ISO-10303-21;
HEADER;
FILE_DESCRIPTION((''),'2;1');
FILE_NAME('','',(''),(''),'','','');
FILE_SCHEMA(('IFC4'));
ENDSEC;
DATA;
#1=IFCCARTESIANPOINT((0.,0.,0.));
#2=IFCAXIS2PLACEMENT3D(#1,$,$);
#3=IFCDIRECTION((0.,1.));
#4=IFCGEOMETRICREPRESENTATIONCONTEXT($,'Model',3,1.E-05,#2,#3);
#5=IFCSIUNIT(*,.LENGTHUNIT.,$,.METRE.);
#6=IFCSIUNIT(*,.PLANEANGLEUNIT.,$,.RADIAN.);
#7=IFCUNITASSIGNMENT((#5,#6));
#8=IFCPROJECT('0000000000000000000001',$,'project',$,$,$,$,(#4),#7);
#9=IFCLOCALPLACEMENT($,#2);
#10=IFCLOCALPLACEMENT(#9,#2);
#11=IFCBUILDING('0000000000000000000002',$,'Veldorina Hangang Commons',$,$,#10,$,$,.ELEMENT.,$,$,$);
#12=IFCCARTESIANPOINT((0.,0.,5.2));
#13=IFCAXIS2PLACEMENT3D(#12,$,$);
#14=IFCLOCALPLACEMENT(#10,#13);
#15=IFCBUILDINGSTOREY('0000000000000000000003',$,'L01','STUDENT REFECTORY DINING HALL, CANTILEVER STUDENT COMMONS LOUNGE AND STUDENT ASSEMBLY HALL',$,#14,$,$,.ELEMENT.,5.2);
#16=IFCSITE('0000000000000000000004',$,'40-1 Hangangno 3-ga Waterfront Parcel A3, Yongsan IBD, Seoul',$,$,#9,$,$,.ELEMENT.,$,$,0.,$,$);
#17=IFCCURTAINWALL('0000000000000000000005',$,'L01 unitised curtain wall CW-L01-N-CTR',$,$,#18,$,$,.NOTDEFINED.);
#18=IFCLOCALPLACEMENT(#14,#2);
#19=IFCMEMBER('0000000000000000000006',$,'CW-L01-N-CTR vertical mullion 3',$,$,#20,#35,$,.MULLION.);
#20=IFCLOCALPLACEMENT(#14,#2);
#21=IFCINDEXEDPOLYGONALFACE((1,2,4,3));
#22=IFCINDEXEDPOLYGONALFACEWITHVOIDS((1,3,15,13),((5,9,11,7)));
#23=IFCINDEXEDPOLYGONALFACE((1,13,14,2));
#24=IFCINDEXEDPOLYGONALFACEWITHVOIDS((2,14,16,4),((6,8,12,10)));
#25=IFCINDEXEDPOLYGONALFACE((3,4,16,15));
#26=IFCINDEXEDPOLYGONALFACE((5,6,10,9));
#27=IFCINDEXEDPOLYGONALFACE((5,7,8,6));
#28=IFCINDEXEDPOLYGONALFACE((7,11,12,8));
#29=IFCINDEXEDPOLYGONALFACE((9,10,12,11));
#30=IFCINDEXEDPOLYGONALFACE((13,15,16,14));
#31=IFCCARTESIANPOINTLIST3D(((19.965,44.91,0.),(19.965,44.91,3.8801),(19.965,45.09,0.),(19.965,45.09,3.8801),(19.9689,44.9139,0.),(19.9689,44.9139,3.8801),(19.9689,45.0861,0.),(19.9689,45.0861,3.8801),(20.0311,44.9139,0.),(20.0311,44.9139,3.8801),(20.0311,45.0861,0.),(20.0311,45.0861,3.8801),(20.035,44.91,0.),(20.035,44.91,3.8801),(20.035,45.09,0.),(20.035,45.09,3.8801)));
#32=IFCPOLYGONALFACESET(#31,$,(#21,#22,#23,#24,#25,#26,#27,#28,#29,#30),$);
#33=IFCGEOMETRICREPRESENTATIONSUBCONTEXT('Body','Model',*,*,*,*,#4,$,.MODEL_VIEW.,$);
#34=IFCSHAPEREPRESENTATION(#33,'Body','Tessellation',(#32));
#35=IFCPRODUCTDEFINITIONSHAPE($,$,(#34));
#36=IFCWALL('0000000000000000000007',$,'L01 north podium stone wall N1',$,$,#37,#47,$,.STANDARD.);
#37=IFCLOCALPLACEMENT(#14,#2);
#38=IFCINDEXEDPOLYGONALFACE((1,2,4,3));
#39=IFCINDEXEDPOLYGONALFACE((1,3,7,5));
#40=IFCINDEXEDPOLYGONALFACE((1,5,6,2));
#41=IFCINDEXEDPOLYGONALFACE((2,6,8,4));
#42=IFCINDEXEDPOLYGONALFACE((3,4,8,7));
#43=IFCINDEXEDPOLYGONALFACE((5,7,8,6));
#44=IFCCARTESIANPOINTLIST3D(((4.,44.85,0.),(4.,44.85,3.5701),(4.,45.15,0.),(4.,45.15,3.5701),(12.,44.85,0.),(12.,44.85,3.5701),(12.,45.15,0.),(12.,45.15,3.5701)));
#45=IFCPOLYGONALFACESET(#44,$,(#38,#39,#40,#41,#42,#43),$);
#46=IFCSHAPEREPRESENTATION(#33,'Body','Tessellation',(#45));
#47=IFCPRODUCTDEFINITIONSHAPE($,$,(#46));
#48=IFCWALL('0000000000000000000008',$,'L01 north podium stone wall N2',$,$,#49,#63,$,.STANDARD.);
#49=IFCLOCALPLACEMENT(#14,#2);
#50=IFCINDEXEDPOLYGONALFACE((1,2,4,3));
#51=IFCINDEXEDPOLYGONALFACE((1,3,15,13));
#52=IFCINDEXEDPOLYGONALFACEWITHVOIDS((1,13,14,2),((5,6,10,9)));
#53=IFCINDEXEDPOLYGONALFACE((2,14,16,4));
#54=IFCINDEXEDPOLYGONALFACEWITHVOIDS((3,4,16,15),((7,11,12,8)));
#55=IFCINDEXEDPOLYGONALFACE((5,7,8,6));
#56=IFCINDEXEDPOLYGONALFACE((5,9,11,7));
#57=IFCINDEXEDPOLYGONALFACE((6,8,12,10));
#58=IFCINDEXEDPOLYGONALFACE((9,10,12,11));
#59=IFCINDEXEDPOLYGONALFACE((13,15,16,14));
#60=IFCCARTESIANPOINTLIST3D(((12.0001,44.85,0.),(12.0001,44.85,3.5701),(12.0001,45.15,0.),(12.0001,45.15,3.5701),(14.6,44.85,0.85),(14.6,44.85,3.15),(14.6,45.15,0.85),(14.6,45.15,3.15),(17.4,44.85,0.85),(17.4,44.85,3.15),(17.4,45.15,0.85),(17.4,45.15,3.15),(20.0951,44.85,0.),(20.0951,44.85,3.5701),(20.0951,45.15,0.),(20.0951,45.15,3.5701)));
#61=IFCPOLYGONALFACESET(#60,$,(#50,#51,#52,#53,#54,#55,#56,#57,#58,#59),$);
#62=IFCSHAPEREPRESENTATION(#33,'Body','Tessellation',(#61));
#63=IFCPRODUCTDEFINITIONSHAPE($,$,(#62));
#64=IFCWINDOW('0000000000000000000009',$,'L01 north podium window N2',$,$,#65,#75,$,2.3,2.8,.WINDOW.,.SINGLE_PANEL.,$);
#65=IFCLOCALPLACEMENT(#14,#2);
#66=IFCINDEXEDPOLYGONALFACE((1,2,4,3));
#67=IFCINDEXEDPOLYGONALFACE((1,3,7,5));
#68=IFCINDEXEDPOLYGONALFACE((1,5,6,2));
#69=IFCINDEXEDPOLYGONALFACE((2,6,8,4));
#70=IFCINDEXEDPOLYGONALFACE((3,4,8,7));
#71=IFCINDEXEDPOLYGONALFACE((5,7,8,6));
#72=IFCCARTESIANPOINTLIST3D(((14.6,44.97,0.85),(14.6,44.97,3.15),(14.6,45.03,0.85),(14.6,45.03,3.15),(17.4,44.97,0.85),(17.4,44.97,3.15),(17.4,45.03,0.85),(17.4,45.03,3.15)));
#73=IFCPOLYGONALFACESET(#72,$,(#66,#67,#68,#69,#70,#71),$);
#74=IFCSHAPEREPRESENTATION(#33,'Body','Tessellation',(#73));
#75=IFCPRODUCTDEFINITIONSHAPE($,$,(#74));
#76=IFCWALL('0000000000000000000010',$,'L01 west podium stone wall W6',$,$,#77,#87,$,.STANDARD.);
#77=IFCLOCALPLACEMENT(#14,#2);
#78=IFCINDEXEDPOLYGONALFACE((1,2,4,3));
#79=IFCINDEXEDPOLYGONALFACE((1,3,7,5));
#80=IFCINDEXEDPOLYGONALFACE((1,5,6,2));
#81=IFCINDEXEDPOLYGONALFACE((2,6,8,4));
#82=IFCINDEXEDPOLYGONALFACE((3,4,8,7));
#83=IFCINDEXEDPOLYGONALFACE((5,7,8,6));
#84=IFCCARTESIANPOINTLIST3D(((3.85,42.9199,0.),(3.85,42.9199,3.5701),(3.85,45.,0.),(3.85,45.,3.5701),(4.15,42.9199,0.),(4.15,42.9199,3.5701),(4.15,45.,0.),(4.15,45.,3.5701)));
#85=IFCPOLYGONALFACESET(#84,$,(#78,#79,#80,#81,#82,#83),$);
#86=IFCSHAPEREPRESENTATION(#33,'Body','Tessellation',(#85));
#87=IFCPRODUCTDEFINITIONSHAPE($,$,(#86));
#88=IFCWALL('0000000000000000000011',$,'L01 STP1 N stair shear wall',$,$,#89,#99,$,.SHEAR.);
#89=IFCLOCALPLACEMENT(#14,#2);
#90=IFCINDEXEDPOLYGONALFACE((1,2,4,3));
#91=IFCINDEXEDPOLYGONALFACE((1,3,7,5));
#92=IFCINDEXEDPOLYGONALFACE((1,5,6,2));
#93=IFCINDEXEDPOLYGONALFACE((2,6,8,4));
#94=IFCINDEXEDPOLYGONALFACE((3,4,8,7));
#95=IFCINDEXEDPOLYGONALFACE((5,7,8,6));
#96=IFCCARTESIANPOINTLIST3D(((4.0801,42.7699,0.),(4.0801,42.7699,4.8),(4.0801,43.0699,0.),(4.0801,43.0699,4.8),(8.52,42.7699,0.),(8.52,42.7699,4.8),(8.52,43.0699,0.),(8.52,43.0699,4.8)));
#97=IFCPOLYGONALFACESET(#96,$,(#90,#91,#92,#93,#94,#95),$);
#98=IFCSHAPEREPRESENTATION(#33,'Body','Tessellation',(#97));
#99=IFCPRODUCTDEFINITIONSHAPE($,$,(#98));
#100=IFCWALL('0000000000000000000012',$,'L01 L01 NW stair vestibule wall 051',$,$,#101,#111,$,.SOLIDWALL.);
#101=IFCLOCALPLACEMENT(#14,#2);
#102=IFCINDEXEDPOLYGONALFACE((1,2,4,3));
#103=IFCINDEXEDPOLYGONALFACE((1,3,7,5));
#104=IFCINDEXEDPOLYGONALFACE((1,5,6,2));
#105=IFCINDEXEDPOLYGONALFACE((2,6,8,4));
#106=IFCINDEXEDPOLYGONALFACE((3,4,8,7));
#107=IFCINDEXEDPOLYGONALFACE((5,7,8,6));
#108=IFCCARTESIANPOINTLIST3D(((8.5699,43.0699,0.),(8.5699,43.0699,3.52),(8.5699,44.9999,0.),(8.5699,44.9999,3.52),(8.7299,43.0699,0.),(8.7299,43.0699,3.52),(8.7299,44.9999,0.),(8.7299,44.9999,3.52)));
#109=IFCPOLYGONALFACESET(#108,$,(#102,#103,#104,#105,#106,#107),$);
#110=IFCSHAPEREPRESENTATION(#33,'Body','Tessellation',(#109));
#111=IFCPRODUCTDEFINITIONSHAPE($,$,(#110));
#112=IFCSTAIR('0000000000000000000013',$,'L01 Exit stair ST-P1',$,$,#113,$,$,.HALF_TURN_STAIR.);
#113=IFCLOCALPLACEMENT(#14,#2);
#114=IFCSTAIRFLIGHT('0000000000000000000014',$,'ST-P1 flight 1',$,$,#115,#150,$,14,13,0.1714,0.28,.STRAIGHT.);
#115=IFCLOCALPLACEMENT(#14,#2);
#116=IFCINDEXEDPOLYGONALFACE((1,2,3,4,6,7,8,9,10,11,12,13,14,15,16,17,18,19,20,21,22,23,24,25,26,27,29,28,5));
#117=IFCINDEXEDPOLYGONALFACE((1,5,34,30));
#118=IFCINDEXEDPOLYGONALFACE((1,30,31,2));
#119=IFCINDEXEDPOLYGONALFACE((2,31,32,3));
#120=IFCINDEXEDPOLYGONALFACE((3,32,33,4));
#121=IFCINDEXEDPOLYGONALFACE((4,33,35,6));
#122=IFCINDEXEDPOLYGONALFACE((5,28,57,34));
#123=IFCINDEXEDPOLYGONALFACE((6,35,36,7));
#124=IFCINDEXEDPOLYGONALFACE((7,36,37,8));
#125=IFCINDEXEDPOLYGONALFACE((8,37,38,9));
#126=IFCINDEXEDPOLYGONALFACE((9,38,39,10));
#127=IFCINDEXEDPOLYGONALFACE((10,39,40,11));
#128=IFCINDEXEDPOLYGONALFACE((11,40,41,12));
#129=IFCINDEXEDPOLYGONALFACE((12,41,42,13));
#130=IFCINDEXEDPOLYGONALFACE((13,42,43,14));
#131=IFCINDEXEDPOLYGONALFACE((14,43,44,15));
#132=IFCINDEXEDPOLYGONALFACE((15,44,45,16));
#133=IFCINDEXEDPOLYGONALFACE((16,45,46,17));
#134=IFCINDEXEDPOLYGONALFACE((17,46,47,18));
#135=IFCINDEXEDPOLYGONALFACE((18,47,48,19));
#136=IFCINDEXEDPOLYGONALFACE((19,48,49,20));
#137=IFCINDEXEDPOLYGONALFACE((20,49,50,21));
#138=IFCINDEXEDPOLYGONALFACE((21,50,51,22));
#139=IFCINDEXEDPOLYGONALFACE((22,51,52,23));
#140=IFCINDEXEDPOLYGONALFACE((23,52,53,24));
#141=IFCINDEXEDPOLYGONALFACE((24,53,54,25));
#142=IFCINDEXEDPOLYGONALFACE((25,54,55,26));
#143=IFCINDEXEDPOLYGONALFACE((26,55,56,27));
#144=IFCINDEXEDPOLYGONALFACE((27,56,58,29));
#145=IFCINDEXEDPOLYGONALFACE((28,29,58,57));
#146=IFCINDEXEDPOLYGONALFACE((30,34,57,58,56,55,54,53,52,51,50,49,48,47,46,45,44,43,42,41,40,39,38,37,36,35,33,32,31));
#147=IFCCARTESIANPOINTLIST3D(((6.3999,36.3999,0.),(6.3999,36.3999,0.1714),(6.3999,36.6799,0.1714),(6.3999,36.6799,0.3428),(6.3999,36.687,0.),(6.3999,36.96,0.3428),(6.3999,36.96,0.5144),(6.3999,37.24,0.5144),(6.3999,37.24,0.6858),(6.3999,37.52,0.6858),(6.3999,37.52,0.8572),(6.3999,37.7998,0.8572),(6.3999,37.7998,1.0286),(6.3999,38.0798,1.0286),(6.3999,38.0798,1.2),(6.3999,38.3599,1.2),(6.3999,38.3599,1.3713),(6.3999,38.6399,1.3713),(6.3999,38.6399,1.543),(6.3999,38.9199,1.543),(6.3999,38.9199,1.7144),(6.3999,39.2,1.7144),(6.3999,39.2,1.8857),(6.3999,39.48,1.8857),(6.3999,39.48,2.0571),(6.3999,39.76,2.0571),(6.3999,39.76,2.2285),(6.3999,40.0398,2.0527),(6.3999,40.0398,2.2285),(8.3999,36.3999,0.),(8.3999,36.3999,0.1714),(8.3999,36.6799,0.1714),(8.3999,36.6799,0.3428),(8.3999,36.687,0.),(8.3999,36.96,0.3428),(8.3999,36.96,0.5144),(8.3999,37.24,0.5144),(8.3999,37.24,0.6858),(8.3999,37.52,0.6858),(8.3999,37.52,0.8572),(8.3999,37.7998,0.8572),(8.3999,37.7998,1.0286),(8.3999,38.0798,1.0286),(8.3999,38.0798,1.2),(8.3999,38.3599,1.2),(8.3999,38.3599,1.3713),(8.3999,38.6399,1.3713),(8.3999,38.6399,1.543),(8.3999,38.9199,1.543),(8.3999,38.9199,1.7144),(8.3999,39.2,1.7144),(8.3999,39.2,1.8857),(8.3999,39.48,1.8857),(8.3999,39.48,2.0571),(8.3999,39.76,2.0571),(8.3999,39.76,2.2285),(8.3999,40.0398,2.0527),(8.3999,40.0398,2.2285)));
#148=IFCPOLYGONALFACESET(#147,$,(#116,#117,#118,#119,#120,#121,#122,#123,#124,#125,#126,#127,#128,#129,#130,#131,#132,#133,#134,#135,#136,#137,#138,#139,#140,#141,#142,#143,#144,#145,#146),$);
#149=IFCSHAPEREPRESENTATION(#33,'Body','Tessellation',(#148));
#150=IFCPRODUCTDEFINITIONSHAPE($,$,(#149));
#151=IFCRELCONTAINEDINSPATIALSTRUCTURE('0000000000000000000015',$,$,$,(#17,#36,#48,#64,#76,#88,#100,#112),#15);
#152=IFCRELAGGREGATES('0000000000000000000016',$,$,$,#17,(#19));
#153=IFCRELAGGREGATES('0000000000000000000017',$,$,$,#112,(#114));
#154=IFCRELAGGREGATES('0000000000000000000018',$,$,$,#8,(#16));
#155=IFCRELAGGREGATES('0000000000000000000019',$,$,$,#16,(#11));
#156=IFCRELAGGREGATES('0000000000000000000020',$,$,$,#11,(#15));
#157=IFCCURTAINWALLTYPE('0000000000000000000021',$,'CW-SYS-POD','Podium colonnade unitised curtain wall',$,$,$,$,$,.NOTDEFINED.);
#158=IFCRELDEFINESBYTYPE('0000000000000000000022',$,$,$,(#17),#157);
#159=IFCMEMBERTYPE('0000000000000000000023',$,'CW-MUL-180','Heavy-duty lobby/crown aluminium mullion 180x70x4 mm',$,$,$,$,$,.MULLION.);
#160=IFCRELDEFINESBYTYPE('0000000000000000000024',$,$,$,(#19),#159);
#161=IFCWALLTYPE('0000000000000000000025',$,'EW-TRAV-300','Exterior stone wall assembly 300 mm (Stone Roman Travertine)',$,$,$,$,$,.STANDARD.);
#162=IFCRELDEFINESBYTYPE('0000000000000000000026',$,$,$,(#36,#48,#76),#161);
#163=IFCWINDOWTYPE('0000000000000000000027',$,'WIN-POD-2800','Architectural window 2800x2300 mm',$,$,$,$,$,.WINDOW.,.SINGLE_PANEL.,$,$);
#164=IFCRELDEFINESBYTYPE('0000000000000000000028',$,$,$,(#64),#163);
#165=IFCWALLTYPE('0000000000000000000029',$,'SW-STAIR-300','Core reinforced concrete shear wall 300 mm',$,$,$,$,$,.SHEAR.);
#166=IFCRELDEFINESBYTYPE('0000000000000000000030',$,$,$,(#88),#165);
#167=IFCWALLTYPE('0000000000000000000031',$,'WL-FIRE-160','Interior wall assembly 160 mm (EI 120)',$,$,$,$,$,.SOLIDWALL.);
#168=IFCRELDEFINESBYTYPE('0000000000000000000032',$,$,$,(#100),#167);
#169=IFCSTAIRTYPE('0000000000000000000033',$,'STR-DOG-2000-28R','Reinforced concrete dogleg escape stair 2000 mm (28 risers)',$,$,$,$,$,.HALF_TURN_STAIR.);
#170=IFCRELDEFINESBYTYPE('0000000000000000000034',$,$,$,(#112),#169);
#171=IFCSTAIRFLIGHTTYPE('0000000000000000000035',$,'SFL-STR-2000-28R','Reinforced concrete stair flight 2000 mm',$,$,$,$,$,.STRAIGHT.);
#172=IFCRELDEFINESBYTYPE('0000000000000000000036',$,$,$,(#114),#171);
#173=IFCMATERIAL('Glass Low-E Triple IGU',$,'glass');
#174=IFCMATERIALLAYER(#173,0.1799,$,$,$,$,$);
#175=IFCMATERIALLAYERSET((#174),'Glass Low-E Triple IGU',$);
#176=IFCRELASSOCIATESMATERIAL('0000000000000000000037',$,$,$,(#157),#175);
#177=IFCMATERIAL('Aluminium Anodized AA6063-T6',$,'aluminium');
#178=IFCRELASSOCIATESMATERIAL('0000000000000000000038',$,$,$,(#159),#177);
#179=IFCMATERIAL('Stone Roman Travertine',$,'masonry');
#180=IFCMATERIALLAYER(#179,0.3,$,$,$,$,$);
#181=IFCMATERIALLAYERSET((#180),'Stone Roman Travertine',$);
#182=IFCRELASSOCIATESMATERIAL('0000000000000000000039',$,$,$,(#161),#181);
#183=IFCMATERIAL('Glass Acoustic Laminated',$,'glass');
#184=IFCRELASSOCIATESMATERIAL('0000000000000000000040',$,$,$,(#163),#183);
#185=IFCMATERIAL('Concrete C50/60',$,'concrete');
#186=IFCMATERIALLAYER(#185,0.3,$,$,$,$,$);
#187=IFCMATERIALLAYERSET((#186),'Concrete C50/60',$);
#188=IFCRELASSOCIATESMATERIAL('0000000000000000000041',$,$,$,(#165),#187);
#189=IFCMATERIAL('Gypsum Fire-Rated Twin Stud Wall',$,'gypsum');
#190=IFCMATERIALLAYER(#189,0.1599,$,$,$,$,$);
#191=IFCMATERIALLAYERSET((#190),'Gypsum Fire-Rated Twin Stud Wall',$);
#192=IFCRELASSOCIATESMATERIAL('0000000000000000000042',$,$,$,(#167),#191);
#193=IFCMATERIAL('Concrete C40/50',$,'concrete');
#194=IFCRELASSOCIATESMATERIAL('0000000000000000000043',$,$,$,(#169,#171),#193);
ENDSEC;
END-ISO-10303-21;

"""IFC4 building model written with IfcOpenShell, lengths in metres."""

from ifc_helpers import new_model, si_unit, direction, frame, frame_2d, origin, origin_2d, place, context, subcontext, project, spatial, polyline, rectangle, hollow_rectangle, outline, extrude, material, layer, layer_set, material_profile, profile_set, type_object, element, fill, aggregate, save


model = new_model("IFC4")

# Units and contexts
model_context = context("Model", 3, precision=1e-05, world=origin(), true_north=direction((0.0, 1.0)))
body_context = subcontext(model_context, "Body", "Model", "MODEL_VIEW")
ifc_project = project(units=[si_unit("LENGTHUNIT", "METRE"), si_unit("PLANEANGLEUNIT", "RADIAN")], contexts=[model_context])

# Site, building, storey
site_placement = place(None, origin())
site = spatial("IfcSite", under=ifc_project, at=site_placement, Name="40-1 Hangangno 3-ga Waterfront Parcel A3, Yongsan IBD, Seoul", CompositionType="ELEMENT", RefElevation=0.0)
building_placement = place(site_placement, origin())
building = spatial("IfcBuilding", under=site, at=building_placement, Name="Veldorina Hangang Commons", CompositionType="ELEMENT")
storey_placement = place(building_placement, frame((0.0, 0.0, 5.2)))
storey = spatial("IfcBuildingStorey", under=building, at=storey_placement, Name="L01", Description="STUDENT REFECTORY DINING HALL, CANTILEVER STUDENT COMMONS LOUNGE AND STUDENT ASSEMBLY HALL", CompositionType="ELEMENT", Elevation=5.2)

# Curtain wall, member
ifc_material_1 = material(Name="Glass Low-E Triple IGU", Category="glass")
ifc_layer_1 = layer(ifc_material_1, 0.1799)
ifc_layer_set_1 = layer_set([ifc_layer_1], Name="Glass Low-E Triple IGU")
curtain_wall_type = type_object("IfcCurtainWallType", Name="CW-SYS-POD", Description="Podium colonnade unitised curtain wall", PredefinedType="NOTDEFINED", material=ifc_layer_set_1)
curtain_wall_placement = place(storey_placement, origin())
curtain_wall = element("IfcCurtainWall", 1, at=curtain_wall_placement, inside=storey, type_object=curtain_wall_type, Name="L01 unitised curtain wall CW-L01-N-CTR", PredefinedType="NOTDEFINED")
ifc_material_2 = material(Name="Aluminium Anodized AA6063-T6", Category="aluminium")
ifc_material_profile_1 = material_profile(ifc_material_2, hollow_rectangle(XDim=0.0701, YDim=0.1799, WallThickness=0.0039, at=origin_2d()), Name="ALU-RHS-180x70x4")
ifc_profile_set_1 = profile_set([ifc_material_profile_1], Name="Aluminium Anodized AA6063-T6")
member_type = type_object("IfcMemberType", Name="CW-MUL-180", Description="Heavy-duty lobby/crown aluminium mullion 180x70x4 mm", PredefinedType="MULLION", material=ifc_profile_set_1)
member_placement = place(storey_placement, frame((20.0, 45.0, 0.0), z_axis=(0.0, 0.0, 1.0), x_axis=(1.0, 0.0, 0.0)))
member = element("IfcMember", 2, at=member_placement, type_object=member_type, Name="CW-L01-N-CTR vertical mullion 3", PredefinedType="MULLION", context=body_context, shape_type="SweptSolid", body=[
    extrude(hollow_rectangle(XDim=0.0701, YDim=0.1799, WallThickness=0.0039, at=origin_2d()), origin(), (0.0, 0.0, 1.0), 3.8801),
])
aggregate(curtain_wall, [member])

# Wall
ifc_material_3 = material(Name="Stone Roman Travertine", Category="masonry")
ifc_layer_2 = layer(ifc_material_3, 0.3)
ifc_layer_set_2 = layer_set([ifc_layer_2], Name="Stone Roman Travertine")
wall_type_1 = type_object("IfcWallType", Name="EW-TRAV-300", Description="Exterior stone wall assembly 300 mm (Stone Roman Travertine)", PredefinedType="STANDARD", material=ifc_layer_set_2)
wall_1_placement = place(storey_placement, frame((12.0, 45.0, 0.0), z_axis=(0.0, 0.0, 1.0), x_axis=(-1.0, 0.0, 0.0)))
element("IfcWall", 3, at=wall_1_placement, inside=storey, type_object=wall_type_1, Name="L01 north podium stone wall N1", PredefinedType="STANDARD", context=body_context, shape_type="SweptSolid", body=[
    extrude(rectangle(XDim=8.0, YDim=0.3, at=frame_2d((4.0, 0.0))), origin(), (0.0, 0.0, 1.0), 3.5701),
])

# Wall, opening, window
wall_2_placement = place(storey_placement, frame((20.095, 45.0, 0.0), z_axis=(0.0, 0.0, 1.0), x_axis=(-1.0, 0.0, 0.0)))
wall_2 = element("IfcWall", 4, at=wall_2_placement, inside=storey, type_object=wall_type_1, Name="L01 north podium stone wall N2", PredefinedType="STANDARD", context=body_context, shape_type="SweptSolid", body=[
    extrude(rectangle(XDim=8.095, YDim=0.3, at=frame_2d((4.0474, 0.0))), origin(), (0.0, 0.0, 1.0), 3.5701),
])
opening_placement = place(wall_2_placement, frame((2.6951, 0.0, 0.8501)))
opening = element("IfcOpeningElement", 5, at=opening_placement, cuts=wall_2, PredefinedType="OPENING", context=body_context, shape_type="SweptSolid", body=[
    extrude(rectangle(XDim=2.8, YDim=2.3, at=frame_2d((1.3999, 1.1499))), frame((0.0, 0.1602, 0.0), z_axis=(0.0, -1.0, 0.0), x_axis=(1.0, 0.0, 0.0)), (0.0, 0.0, 1.0), 0.3201),
])
ifc_material_4 = material(Name="Glass Acoustic Laminated", Category="glass")
window_type = type_object("IfcWindowType", Name="WIN-POD-2800", Description="Architectural window 2800x2300 mm", PartitioningType="SINGLE_PANEL", PredefinedType="WINDOW", material=ifc_material_4)
window_placement = place(opening_placement, origin())
window = element("IfcWindow", 6, at=window_placement, inside=storey, type_object=window_type, Name="L01 north podium window N2", OverallHeight=2.3, OverallWidth=2.8, PartitioningType="SINGLE_PANEL", PredefinedType="WINDOW", context=body_context, shape_type="SweptSolid", body=[
    extrude(rectangle(XDim=2.8, YDim=2.3, at=frame_2d((1.3999, 1.1499))), frame((0.0, 0.03, 0.0), z_axis=(0.0, -1.0, 0.0), x_axis=(1.0, 0.0, 0.0)), (0.0, 0.0, 1.0), 0.0601),
])
fill(opening, window)

# Walls
wall_3_placement = place(storey_placement, frame((4.0, 45.0, 0.0), z_axis=(0.0, 0.0, 1.0), x_axis=(0.0, -1.0, 0.0)))
element("IfcWall", 7, at=wall_3_placement, inside=storey, type_object=wall_type_1, Name="L01 west podium stone wall W6", PredefinedType="STANDARD", context=body_context, shape_type="SweptSolid", body=[
    extrude(rectangle(XDim=2.0801, YDim=0.3, at=frame_2d((1.04, 0.0))), origin(), (0.0, 0.0, 1.0), 3.5701),
])
ifc_material_5 = material(Name="Concrete C50/60", Category="concrete")
ifc_layer_3 = layer(ifc_material_5, 0.3)
ifc_layer_set_3 = layer_set([ifc_layer_3], Name="Concrete C50/60")
wall_type_2 = type_object("IfcWallType", Name="SW-STAIR-300", Description="Core reinforced concrete shear wall 300 mm", PredefinedType="SHEAR", material=ifc_layer_set_3)
wall_4_placement = place(storey_placement, frame((4.0801, 42.9199, 0.0), z_axis=(0.0, 0.0, 1.0), x_axis=(1.0, 0.0, 0.0)))
element("IfcWall", 8, at=wall_4_placement, inside=storey, type_object=wall_type_2, Name="L01 STP1 N stair shear wall", PredefinedType="SHEAR", context=body_context, shape_type="SweptSolid", body=[
    extrude(rectangle(XDim=4.4399, YDim=0.3, at=frame_2d((2.22, 0.0))), origin(), (0.0, 0.0, 1.0), 4.8),
])
ifc_material_6 = material(Name="Gypsum Fire-Rated Twin Stud Wall", Category="gypsum")
ifc_layer_4 = layer(ifc_material_6, 0.1599)
ifc_layer_set_4 = layer_set([ifc_layer_4], Name="Gypsum Fire-Rated Twin Stud Wall")
wall_type_3 = type_object("IfcWallType", Name="WL-FIRE-160", Description="Interior wall assembly 160 mm (EI 120)", PredefinedType="SOLIDWALL", material=ifc_layer_set_4)
wall_5_placement = place(storey_placement, frame((8.6499, 43.0701, 0.0), z_axis=(0.0, 0.0, 1.0), x_axis=(0.0, 1.0, 0.0)))
element("IfcWall", 9, at=wall_5_placement, inside=storey, type_object=wall_type_3, Name="L01 L01 NW stair vestibule wall 051", PredefinedType="SOLIDWALL", context=body_context, shape_type="SweptSolid", body=[
    extrude(rectangle(XDim=1.9299, YDim=0.1599, at=frame_2d((0.9648, 0.0))), origin(), (0.0, 0.0, 1.0), 3.52),
])

# Stair, stair flight
ifc_material_7 = material(Name="Concrete C40/50", Category="concrete")
stair_type = type_object("IfcStairType", Name="STR-DOG-2000-28R", Description="Reinforced concrete dogleg escape stair 2000 mm (28 risers)", PredefinedType="HALF_TURN_STAIR", material=ifc_material_7)
stair_placement = place(storey_placement, origin())
stair = element("IfcStair", 10, at=stair_placement, inside=storey, type_object=stair_type, Name="L01 Exit stair ST-P1", PredefinedType="HALF_TURN_STAIR")
stair_flight_type = type_object("IfcStairFlightType", Name="SFL-STR-2000-28R", Description="Reinforced concrete stair flight 2000 mm", PredefinedType="STRAIGHT", material=ifc_material_7)
stair_flight_1_placement = place(storey_placement, frame((7.3999, 36.3999, 0.0), z_axis=(0.0, 0.0, 1.0), x_axis=(0.0, 1.0, 0.0)))
stair_flight_1 = element("IfcStairFlight", 11, at=stair_flight_1_placement, type_object=stair_flight_type, Name="ST-P1 flight 1", NumberOfRisers=14, NumberOfTreads=13, PredefinedType="STRAIGHT", RiserHeight=0.1714, TreadLength=0.28, context=body_context, shape_type="SweptSolid", body=[
    extrude(outline(polyline([(0.0, 0.0), (0.0, 0.1714), (0.28, 0.1714), (0.28, 0.3428), (0.5601, 0.3428), (0.5601, 0.5144), (0.8401, 0.5144), (0.8401, 0.6858), (1.1201, 0.6858), (1.1201, 0.8572), (1.3999, 0.8572), (1.3999, 1.0286), (1.6799, 1.0286), (1.6799, 1.2), (1.96, 1.2), (1.96, 1.3713), (2.24, 1.3713), (2.24, 1.543), (2.52, 1.543), (2.52, 1.7144), (2.8, 1.7144), (2.8, 1.8857), (3.0801, 1.8857), (3.0801, 2.0571), (3.3601, 2.0571), (3.3601, 2.2285), (3.6399, 2.2285), (3.6399, 2.3999), (3.6399, 2.0527), (0.2871, 0.0), (0.0, 0.0)])), frame((0.0, 1.0, 0.0), z_axis=(0.0, -1.0, 0.0), x_axis=(1.0, 0.0, 0.0)), (0.0, 0.0, 1.0), 2.0),
])
aggregate(stair, [stair_flight_1])

save(model, "model.ifc")
